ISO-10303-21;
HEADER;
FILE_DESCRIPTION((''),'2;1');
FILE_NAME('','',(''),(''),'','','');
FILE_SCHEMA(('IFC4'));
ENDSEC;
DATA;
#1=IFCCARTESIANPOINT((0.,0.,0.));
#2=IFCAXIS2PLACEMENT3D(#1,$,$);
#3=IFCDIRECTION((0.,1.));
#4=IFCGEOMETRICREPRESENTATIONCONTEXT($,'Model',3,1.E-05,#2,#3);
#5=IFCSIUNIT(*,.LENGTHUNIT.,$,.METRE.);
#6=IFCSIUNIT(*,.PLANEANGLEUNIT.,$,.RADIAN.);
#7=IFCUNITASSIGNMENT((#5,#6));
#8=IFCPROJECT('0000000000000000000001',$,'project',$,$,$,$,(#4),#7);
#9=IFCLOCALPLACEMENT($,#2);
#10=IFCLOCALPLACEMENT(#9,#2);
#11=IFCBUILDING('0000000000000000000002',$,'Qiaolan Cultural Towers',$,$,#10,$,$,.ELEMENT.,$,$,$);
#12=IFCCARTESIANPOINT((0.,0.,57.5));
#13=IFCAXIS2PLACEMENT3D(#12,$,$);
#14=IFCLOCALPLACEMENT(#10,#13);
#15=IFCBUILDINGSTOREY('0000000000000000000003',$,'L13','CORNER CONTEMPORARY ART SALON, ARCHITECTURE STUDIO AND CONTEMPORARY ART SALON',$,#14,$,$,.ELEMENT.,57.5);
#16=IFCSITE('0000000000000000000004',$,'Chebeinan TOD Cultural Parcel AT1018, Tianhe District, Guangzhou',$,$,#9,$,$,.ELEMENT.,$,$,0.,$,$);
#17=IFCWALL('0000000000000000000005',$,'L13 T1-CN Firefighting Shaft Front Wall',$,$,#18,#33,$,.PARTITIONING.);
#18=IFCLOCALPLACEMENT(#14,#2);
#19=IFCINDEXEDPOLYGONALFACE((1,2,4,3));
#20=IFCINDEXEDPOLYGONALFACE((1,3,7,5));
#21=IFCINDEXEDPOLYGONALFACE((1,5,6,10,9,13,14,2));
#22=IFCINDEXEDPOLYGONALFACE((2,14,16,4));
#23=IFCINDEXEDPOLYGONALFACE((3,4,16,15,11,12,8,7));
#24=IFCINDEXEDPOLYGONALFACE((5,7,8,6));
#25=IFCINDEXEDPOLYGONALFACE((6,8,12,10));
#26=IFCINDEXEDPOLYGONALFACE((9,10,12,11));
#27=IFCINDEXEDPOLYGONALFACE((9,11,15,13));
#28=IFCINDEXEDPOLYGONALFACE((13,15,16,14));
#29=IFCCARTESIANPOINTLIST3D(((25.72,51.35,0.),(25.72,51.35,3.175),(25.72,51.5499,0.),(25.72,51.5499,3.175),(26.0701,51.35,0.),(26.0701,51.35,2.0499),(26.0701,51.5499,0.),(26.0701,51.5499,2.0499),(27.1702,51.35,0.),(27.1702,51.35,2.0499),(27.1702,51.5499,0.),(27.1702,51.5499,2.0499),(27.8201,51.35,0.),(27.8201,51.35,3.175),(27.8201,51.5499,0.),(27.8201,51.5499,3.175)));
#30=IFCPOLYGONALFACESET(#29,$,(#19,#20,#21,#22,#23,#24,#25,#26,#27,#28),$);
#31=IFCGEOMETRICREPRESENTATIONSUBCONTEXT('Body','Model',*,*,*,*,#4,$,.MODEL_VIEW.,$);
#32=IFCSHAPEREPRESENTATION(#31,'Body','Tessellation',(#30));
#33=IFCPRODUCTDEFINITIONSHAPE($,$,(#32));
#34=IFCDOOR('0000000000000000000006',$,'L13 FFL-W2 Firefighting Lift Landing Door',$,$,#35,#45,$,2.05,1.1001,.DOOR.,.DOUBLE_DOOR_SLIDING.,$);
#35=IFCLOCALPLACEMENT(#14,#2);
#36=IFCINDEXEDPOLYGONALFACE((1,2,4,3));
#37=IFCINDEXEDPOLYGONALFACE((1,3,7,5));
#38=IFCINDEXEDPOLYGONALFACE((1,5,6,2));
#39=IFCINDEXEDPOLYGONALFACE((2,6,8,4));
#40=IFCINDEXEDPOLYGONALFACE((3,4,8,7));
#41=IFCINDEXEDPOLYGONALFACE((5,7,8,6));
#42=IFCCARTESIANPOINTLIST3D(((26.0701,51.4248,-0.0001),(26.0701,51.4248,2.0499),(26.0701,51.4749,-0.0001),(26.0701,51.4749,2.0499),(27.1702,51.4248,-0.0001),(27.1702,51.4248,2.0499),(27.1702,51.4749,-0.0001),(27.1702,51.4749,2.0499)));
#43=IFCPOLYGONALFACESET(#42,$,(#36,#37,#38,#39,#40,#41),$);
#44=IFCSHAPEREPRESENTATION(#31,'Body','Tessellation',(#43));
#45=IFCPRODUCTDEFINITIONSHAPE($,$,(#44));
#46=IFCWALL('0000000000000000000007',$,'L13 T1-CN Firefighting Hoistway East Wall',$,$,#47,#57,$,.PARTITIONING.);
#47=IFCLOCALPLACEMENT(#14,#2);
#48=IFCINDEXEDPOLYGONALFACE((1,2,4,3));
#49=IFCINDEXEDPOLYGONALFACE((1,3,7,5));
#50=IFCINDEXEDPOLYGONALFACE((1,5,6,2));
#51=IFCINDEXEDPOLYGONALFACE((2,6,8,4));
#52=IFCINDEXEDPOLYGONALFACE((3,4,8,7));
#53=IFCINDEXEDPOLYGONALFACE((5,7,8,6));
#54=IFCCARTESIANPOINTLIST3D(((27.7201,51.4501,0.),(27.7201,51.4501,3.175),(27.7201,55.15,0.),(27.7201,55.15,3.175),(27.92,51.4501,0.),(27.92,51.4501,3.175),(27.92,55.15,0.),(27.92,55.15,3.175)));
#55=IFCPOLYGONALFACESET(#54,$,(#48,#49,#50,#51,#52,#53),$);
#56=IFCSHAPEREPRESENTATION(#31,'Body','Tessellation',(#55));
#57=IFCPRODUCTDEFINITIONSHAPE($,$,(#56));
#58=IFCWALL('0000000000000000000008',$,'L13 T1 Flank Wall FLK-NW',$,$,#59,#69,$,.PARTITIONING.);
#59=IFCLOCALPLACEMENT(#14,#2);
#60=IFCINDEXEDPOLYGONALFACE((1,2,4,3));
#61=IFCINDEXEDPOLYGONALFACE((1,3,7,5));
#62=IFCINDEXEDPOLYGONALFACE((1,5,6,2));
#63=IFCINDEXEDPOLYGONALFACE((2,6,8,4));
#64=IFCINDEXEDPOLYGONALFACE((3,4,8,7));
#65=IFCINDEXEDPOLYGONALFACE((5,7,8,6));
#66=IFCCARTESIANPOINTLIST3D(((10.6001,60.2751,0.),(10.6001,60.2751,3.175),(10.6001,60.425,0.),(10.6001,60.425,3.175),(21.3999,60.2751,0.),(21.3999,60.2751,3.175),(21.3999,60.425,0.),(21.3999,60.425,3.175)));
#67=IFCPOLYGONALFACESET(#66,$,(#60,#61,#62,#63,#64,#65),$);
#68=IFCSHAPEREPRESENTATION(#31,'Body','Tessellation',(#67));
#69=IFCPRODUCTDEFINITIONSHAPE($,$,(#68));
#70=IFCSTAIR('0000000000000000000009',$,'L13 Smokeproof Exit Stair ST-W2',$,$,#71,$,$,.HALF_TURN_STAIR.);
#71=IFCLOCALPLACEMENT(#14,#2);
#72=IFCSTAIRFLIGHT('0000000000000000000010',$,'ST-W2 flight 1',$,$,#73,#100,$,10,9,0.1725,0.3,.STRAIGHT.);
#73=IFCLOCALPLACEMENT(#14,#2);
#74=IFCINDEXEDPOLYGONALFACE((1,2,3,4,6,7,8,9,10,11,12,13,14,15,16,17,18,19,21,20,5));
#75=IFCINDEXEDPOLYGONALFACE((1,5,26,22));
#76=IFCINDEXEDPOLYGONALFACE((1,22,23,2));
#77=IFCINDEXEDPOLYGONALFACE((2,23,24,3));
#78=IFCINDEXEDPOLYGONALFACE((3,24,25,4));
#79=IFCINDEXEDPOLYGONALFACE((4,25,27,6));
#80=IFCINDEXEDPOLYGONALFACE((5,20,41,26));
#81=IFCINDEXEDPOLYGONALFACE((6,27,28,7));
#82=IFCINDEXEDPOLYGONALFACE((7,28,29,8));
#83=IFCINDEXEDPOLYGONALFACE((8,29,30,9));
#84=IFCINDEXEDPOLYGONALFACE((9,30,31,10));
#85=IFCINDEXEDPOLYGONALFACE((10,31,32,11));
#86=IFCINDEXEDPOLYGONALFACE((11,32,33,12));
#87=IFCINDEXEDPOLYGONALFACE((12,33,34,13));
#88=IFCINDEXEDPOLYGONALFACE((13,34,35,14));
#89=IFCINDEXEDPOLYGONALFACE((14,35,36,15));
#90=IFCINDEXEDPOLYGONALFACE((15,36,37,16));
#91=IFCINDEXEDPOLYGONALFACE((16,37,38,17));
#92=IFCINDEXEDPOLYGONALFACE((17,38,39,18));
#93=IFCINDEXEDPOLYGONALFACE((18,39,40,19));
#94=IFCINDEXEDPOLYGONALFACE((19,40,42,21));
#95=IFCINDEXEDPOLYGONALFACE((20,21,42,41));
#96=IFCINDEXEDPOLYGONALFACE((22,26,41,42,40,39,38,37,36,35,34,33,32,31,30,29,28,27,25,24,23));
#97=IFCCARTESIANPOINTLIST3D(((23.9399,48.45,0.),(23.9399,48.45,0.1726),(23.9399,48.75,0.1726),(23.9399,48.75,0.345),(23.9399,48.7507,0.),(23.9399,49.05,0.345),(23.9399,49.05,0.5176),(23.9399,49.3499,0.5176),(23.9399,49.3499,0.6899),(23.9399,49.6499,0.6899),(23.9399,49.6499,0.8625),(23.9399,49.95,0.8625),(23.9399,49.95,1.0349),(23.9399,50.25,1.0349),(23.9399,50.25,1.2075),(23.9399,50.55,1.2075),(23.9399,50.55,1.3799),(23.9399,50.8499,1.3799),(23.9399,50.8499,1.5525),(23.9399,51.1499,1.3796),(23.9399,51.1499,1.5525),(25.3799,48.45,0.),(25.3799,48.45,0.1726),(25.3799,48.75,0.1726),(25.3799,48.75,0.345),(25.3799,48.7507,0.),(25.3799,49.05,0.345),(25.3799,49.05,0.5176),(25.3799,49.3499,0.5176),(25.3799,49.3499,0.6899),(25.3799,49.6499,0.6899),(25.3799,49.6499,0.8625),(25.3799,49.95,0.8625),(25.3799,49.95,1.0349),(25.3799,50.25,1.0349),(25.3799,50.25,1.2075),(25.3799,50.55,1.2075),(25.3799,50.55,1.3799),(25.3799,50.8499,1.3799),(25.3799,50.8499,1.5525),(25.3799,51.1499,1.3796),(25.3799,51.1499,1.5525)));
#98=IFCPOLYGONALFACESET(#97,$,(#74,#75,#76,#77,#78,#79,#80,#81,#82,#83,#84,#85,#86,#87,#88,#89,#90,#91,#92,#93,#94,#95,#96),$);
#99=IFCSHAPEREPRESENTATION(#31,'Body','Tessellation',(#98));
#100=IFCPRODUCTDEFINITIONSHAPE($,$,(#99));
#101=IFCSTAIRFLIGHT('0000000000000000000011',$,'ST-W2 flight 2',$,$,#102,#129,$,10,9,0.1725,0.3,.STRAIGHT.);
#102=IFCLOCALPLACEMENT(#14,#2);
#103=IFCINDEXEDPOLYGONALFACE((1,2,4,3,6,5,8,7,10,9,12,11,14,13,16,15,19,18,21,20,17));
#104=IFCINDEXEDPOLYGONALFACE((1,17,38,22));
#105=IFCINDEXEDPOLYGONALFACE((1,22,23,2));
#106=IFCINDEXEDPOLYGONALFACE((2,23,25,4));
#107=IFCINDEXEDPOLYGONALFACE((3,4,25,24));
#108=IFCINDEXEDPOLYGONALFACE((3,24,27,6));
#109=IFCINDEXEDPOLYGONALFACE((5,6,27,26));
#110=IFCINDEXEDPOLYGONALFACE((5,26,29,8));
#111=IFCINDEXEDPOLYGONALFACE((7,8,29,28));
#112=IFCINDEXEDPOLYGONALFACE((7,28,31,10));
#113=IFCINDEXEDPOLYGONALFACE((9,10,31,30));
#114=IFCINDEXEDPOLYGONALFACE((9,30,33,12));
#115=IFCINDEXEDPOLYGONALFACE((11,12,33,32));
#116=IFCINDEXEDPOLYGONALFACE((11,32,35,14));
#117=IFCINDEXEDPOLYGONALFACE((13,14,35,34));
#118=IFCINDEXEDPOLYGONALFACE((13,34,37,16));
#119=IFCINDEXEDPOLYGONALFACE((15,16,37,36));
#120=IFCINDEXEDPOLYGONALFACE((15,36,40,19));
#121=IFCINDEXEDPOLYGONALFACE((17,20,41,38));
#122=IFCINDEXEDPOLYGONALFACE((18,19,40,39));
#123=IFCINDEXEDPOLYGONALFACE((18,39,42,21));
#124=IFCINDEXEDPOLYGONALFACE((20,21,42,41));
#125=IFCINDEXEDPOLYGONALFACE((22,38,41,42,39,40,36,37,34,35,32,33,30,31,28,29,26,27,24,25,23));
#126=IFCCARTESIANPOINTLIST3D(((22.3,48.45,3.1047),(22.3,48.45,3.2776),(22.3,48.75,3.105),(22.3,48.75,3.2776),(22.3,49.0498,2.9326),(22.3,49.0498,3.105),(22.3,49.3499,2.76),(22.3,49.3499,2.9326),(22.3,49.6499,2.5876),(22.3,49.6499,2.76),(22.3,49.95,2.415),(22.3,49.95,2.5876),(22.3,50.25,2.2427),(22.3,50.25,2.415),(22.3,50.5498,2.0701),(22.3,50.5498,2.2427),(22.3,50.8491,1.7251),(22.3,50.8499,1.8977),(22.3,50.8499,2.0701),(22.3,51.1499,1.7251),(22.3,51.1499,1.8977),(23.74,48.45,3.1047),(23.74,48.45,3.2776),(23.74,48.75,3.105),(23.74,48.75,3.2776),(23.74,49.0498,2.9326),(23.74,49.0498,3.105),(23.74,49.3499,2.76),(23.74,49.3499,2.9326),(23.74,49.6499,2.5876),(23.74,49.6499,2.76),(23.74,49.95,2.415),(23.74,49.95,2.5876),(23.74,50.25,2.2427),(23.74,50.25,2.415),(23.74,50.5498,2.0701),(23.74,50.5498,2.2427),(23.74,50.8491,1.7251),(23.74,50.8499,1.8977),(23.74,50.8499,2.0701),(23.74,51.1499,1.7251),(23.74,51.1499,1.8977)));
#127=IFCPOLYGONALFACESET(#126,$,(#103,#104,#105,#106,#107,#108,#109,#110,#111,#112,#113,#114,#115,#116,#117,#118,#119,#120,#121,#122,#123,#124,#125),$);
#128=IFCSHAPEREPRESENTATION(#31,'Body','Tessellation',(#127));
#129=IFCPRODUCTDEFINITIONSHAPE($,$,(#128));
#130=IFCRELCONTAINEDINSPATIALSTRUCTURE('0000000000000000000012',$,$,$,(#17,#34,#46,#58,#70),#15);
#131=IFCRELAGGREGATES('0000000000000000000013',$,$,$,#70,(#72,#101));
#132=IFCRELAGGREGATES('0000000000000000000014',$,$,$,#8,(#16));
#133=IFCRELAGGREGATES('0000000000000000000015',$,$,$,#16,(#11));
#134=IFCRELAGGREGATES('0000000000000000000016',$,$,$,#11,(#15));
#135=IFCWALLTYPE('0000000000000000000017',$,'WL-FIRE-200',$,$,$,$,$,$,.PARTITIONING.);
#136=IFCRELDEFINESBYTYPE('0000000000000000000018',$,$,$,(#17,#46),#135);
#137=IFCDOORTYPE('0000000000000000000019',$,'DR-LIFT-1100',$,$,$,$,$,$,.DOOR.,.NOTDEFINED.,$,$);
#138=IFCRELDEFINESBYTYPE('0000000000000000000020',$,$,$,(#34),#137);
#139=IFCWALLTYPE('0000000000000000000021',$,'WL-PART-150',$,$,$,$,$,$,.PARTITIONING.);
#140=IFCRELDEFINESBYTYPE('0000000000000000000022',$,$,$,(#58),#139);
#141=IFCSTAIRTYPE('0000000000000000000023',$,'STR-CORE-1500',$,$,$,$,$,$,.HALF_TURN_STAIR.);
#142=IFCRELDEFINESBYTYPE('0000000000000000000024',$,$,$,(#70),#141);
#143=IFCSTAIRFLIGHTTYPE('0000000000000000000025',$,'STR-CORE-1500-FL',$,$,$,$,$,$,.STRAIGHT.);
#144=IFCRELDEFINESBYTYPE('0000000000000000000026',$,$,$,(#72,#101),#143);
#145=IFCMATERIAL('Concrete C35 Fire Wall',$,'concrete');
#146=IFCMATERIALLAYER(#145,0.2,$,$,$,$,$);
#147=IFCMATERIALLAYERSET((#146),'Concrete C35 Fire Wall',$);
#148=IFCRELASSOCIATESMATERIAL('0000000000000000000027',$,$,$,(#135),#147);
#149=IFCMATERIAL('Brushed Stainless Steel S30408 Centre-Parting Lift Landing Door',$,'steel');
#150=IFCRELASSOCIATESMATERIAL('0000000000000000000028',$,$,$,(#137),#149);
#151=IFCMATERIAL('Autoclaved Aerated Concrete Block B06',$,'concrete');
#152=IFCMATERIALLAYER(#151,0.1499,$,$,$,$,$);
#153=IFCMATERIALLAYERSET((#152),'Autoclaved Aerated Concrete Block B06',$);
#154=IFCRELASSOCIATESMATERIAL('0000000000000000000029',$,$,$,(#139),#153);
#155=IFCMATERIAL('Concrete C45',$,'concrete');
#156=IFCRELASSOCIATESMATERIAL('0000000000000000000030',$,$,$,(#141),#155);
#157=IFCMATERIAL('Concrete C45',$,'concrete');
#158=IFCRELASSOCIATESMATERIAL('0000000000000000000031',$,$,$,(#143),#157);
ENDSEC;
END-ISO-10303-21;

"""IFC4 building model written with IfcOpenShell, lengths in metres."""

from ifc_helpers import new_model, si_unit, direction, frame, frame_2d, origin, place, context, subcontext, project, spatial, polyline, rectangle, outline, extrude, material, layer, layer_set, type_object, element, fill, aggregate, save


model = new_model("IFC4")

# Units and contexts
model_context = context("Model", 3, precision=1e-05, world=origin(), true_north=direction((0.0, 1.0)))
body_context = subcontext(model_context, "Body", "Model", "MODEL_VIEW")
ifc_project = project(units=[si_unit("LENGTHUNIT", "METRE"), si_unit("PLANEANGLEUNIT", "RADIAN")], contexts=[model_context])

# Site, building, storey
site_placement = place(None, origin())
site = spatial("IfcSite", under=ifc_project, at=site_placement, Name="Chebeinan TOD Cultural Parcel AT1018, Tianhe District, Guangzhou", CompositionType="ELEMENT", RefElevation=0.0)
building_placement = place(site_placement, origin())
building = spatial("IfcBuilding", under=site, at=building_placement, Name="Qiaolan Cultural Towers", CompositionType="ELEMENT")
storey_placement = place(building_placement, frame((0.0, 0.0, 57.5)))
storey = spatial("IfcBuildingStorey", under=building, at=storey_placement, Name="L13", Description="CORNER CONTEMPORARY ART SALON, ARCHITECTURE STUDIO AND CONTEMPORARY ART SALON", CompositionType="ELEMENT", Elevation=57.5)

# Wall, opening, door
ifc_material_1 = material(Name="Concrete C35 Fire Wall", Category="concrete")
ifc_layer_1 = layer(ifc_material_1, 0.2)
ifc_layer_set_1 = layer_set([ifc_layer_1], Name="Concrete C35 Fire Wall")
wall_type_1 = type_object("IfcWallType", Name="WL-FIRE-200", PredefinedType="PARTITIONING", material=ifc_layer_set_1)
wall_1_placement = place(storey_placement, frame((25.72, 51.45, 0.0), z_axis=(0.0, 0.0, 1.0), x_axis=(1.0, 0.0, 0.0)))
wall_1 = element("IfcWall", 1, at=wall_1_placement, inside=storey, type_object=wall_type_1, Name="L13 T1-CN Firefighting Shaft Front Wall", PredefinedType="PARTITIONING", context=body_context, shape_type="SweptSolid", body=[
    extrude(rectangle(XDim=2.1001, YDim=0.2, at=frame_2d((1.05, 0.0))), origin(), (0.0, 0.0, 1.0), 3.175),
])
opening_placement = place(wall_1_placement, frame((0.3501, 0.0, 0.0)))
opening = element("IfcOpeningElement", 2, at=opening_placement, cuts=wall_1, PredefinedType="OPENING", context=body_context, shape_type="SweptSolid", body=[
    extrude(rectangle(XDim=1.1001, YDim=2.05, at=frame_2d((0.55, 1.0249))), frame((0.0, 0.1099, 0.0), z_axis=(0.0, -1.0, 0.0), x_axis=(1.0, 0.0, 0.0)), (0.0, 0.0, 1.0), 0.22),
])
ifc_material_2 = material(Name="Brushed Stainless Steel S30408 Centre-Parting Lift Landing Door", Category="steel")
door_type = type_object("IfcDoorType", Name="DR-LIFT-1100", OperationType="NOTDEFINED", PredefinedType="DOOR", material=ifc_material_2)
door_placement = place(opening_placement, origin())
door = element("IfcDoor", 3, at=door_placement, inside=storey, type_object=door_type, Name="L13 FFL-W2 Firefighting Lift Landing Door", OperationType="DOUBLE_DOOR_SLIDING", OverallHeight=2.05, OverallWidth=1.1001, PredefinedType="DOOR", context=body_context, shape_type="SweptSolid", body=[
    extrude(rectangle(XDim=1.1001, YDim=2.05, at=frame_2d((0.55, 1.0249))), frame((0.0, 0.0249, 0.0), z_axis=(0.0, -1.0, 0.0), x_axis=(1.0, 0.0, 0.0)), (0.0, 0.0, 1.0), 0.05),
])
fill(opening, door)

# Walls
wall_2_placement = place(storey_placement, frame((27.8201, 51.45, 0.0), z_axis=(0.0, 0.0, 1.0), x_axis=(0.0, 1.0, 0.0)))
element("IfcWall", 4, at=wall_2_placement, inside=storey, type_object=wall_type_1, Name="L13 T1-CN Firefighting Hoistway East Wall", PredefinedType="PARTITIONING", context=body_context, shape_type="SweptSolid", body=[
    extrude(rectangle(XDim=3.7, YDim=0.2, at=frame_2d((1.8501, 0.0))), origin(), (0.0, 0.0, 1.0), 3.175),
])
ifc_material_3 = material(Name="Autoclaved Aerated Concrete Block B06", Category="concrete")
ifc_layer_2 = layer(ifc_material_3, 0.1499)
ifc_layer_set_2 = layer_set([ifc_layer_2], Name="Autoclaved Aerated Concrete Block B06")
wall_type_2 = type_object("IfcWallType", Name="WL-PART-150", PredefinedType="PARTITIONING", material=ifc_layer_set_2)
wall_3_placement = place(storey_placement, frame((10.6001, 60.3501, 0.0), z_axis=(0.0, 0.0, 1.0), x_axis=(1.0, 0.0, 0.0)))
element("IfcWall", 5, at=wall_3_placement, inside=storey, type_object=wall_type_2, Name="L13 T1 Flank Wall FLK-NW", PredefinedType="PARTITIONING", context=body_context, shape_type="SweptSolid", body=[
    extrude(rectangle(XDim=10.7998, YDim=0.1499, at=frame_2d((5.3999, 0.0))), origin(), (0.0, 0.0, 1.0), 3.175),
])

# Stair, stair flights
ifc_material_4 = material(Name="Concrete C45", Category="concrete")
stair_type = type_object("IfcStairType", Name="STR-CORE-1500", PredefinedType="HALF_TURN_STAIR", material=ifc_material_4)
stair_placement = place(storey_placement, origin())
stair = element("IfcStair", 6, at=stair_placement, inside=storey, type_object=stair_type, Name="L13 Smokeproof Exit Stair ST-W2", PredefinedType="HALF_TURN_STAIR")
ifc_material_5 = material(Name="Concrete C45", Category="concrete")
stair_flight_type = type_object("IfcStairFlightType", Name="STR-CORE-1500-FL", PredefinedType="STRAIGHT", material=ifc_material_5)
stair_flight_1_placement = place(storey_placement, frame((24.6599, 48.45, 0.0), z_axis=(0.0, 0.0, 1.0), x_axis=(0.0, 1.0, 0.0)))
stair_flight_1 = element("IfcStairFlight", 7, at=stair_flight_1_placement, type_object=stair_flight_type, Name="ST-W2 flight 1", NumberOfRisers=10, NumberOfTreads=9, PredefinedType="STRAIGHT", RiserHeight=0.1725, TreadLength=0.3, context=body_context, shape_type="SweptSolid", body=[
    extrude(outline(polyline([(0.0, 0.0), (0.0, 0.1726), (0.3, 0.1726), (0.3, 0.345), (0.6001, 0.345), (0.6001, 0.5176), (0.8999, 0.5176), (0.8999, 0.6899), (1.2, 0.6899), (1.2, 0.8625), (1.5, 0.8625), (1.5, 1.0349), (1.8, 1.0349), (1.8, 1.2075), (2.1001, 1.2075), (2.1001, 1.3799), (2.3999, 1.3799), (2.3999, 1.5525), (2.7, 1.5525), (2.7, 1.7251), (2.7, 1.3796), (0.3008, 0.0), (0.0, 0.0)])), frame((0.0, 0.72, 0.0), z_axis=(0.0, -1.0, 0.0), x_axis=(1.0, 0.0, 0.0)), (0.0, 0.0, 1.0), 1.4399),
])
stair_flight_2_placement = place(storey_placement, frame((23.02, 51.1499, 1.7251), z_axis=(0.0, 0.0, 1.0), x_axis=(0.0, -1.0, 0.0)))
stair_flight_2 = element("IfcStairFlight", 8, at=stair_flight_2_placement, type_object=stair_flight_type, Name="ST-W2 flight 2", NumberOfRisers=10, NumberOfTreads=9, PredefinedType="STRAIGHT", RiserHeight=0.1725, TreadLength=0.3, context=body_context, shape_type="SweptSolid", body=[
    extrude(outline(polyline([(0.0, 0.0), (0.0, 0.1726), (0.3, 0.1726), (0.3, 0.345), (0.6001, 0.345), (0.6001, 0.5176), (0.8999, 0.5176), (0.8999, 0.6899), (1.2, 0.6899), (1.2, 0.8625), (1.5, 0.8625), (1.5, 1.0349), (1.8, 1.0349), (1.8, 1.2075), (2.1001, 1.2075), (2.1001, 1.3799), (2.3999, 1.3799), (2.3999, 1.5525), (2.7, 1.5525), (2.7, 1.7251), (2.7, 1.3796), (0.3008, 0.0), (0.0, 0.0)])), frame((0.0, 0.72, 0.0), z_axis=(0.0, -1.0, 0.0), x_axis=(1.0, 0.0, 0.0)), (0.0, 0.0, 1.0), 1.4399),
])
aggregate(stair, [stair_flight_1, stair_flight_2])

save(model, "model.ifc")
